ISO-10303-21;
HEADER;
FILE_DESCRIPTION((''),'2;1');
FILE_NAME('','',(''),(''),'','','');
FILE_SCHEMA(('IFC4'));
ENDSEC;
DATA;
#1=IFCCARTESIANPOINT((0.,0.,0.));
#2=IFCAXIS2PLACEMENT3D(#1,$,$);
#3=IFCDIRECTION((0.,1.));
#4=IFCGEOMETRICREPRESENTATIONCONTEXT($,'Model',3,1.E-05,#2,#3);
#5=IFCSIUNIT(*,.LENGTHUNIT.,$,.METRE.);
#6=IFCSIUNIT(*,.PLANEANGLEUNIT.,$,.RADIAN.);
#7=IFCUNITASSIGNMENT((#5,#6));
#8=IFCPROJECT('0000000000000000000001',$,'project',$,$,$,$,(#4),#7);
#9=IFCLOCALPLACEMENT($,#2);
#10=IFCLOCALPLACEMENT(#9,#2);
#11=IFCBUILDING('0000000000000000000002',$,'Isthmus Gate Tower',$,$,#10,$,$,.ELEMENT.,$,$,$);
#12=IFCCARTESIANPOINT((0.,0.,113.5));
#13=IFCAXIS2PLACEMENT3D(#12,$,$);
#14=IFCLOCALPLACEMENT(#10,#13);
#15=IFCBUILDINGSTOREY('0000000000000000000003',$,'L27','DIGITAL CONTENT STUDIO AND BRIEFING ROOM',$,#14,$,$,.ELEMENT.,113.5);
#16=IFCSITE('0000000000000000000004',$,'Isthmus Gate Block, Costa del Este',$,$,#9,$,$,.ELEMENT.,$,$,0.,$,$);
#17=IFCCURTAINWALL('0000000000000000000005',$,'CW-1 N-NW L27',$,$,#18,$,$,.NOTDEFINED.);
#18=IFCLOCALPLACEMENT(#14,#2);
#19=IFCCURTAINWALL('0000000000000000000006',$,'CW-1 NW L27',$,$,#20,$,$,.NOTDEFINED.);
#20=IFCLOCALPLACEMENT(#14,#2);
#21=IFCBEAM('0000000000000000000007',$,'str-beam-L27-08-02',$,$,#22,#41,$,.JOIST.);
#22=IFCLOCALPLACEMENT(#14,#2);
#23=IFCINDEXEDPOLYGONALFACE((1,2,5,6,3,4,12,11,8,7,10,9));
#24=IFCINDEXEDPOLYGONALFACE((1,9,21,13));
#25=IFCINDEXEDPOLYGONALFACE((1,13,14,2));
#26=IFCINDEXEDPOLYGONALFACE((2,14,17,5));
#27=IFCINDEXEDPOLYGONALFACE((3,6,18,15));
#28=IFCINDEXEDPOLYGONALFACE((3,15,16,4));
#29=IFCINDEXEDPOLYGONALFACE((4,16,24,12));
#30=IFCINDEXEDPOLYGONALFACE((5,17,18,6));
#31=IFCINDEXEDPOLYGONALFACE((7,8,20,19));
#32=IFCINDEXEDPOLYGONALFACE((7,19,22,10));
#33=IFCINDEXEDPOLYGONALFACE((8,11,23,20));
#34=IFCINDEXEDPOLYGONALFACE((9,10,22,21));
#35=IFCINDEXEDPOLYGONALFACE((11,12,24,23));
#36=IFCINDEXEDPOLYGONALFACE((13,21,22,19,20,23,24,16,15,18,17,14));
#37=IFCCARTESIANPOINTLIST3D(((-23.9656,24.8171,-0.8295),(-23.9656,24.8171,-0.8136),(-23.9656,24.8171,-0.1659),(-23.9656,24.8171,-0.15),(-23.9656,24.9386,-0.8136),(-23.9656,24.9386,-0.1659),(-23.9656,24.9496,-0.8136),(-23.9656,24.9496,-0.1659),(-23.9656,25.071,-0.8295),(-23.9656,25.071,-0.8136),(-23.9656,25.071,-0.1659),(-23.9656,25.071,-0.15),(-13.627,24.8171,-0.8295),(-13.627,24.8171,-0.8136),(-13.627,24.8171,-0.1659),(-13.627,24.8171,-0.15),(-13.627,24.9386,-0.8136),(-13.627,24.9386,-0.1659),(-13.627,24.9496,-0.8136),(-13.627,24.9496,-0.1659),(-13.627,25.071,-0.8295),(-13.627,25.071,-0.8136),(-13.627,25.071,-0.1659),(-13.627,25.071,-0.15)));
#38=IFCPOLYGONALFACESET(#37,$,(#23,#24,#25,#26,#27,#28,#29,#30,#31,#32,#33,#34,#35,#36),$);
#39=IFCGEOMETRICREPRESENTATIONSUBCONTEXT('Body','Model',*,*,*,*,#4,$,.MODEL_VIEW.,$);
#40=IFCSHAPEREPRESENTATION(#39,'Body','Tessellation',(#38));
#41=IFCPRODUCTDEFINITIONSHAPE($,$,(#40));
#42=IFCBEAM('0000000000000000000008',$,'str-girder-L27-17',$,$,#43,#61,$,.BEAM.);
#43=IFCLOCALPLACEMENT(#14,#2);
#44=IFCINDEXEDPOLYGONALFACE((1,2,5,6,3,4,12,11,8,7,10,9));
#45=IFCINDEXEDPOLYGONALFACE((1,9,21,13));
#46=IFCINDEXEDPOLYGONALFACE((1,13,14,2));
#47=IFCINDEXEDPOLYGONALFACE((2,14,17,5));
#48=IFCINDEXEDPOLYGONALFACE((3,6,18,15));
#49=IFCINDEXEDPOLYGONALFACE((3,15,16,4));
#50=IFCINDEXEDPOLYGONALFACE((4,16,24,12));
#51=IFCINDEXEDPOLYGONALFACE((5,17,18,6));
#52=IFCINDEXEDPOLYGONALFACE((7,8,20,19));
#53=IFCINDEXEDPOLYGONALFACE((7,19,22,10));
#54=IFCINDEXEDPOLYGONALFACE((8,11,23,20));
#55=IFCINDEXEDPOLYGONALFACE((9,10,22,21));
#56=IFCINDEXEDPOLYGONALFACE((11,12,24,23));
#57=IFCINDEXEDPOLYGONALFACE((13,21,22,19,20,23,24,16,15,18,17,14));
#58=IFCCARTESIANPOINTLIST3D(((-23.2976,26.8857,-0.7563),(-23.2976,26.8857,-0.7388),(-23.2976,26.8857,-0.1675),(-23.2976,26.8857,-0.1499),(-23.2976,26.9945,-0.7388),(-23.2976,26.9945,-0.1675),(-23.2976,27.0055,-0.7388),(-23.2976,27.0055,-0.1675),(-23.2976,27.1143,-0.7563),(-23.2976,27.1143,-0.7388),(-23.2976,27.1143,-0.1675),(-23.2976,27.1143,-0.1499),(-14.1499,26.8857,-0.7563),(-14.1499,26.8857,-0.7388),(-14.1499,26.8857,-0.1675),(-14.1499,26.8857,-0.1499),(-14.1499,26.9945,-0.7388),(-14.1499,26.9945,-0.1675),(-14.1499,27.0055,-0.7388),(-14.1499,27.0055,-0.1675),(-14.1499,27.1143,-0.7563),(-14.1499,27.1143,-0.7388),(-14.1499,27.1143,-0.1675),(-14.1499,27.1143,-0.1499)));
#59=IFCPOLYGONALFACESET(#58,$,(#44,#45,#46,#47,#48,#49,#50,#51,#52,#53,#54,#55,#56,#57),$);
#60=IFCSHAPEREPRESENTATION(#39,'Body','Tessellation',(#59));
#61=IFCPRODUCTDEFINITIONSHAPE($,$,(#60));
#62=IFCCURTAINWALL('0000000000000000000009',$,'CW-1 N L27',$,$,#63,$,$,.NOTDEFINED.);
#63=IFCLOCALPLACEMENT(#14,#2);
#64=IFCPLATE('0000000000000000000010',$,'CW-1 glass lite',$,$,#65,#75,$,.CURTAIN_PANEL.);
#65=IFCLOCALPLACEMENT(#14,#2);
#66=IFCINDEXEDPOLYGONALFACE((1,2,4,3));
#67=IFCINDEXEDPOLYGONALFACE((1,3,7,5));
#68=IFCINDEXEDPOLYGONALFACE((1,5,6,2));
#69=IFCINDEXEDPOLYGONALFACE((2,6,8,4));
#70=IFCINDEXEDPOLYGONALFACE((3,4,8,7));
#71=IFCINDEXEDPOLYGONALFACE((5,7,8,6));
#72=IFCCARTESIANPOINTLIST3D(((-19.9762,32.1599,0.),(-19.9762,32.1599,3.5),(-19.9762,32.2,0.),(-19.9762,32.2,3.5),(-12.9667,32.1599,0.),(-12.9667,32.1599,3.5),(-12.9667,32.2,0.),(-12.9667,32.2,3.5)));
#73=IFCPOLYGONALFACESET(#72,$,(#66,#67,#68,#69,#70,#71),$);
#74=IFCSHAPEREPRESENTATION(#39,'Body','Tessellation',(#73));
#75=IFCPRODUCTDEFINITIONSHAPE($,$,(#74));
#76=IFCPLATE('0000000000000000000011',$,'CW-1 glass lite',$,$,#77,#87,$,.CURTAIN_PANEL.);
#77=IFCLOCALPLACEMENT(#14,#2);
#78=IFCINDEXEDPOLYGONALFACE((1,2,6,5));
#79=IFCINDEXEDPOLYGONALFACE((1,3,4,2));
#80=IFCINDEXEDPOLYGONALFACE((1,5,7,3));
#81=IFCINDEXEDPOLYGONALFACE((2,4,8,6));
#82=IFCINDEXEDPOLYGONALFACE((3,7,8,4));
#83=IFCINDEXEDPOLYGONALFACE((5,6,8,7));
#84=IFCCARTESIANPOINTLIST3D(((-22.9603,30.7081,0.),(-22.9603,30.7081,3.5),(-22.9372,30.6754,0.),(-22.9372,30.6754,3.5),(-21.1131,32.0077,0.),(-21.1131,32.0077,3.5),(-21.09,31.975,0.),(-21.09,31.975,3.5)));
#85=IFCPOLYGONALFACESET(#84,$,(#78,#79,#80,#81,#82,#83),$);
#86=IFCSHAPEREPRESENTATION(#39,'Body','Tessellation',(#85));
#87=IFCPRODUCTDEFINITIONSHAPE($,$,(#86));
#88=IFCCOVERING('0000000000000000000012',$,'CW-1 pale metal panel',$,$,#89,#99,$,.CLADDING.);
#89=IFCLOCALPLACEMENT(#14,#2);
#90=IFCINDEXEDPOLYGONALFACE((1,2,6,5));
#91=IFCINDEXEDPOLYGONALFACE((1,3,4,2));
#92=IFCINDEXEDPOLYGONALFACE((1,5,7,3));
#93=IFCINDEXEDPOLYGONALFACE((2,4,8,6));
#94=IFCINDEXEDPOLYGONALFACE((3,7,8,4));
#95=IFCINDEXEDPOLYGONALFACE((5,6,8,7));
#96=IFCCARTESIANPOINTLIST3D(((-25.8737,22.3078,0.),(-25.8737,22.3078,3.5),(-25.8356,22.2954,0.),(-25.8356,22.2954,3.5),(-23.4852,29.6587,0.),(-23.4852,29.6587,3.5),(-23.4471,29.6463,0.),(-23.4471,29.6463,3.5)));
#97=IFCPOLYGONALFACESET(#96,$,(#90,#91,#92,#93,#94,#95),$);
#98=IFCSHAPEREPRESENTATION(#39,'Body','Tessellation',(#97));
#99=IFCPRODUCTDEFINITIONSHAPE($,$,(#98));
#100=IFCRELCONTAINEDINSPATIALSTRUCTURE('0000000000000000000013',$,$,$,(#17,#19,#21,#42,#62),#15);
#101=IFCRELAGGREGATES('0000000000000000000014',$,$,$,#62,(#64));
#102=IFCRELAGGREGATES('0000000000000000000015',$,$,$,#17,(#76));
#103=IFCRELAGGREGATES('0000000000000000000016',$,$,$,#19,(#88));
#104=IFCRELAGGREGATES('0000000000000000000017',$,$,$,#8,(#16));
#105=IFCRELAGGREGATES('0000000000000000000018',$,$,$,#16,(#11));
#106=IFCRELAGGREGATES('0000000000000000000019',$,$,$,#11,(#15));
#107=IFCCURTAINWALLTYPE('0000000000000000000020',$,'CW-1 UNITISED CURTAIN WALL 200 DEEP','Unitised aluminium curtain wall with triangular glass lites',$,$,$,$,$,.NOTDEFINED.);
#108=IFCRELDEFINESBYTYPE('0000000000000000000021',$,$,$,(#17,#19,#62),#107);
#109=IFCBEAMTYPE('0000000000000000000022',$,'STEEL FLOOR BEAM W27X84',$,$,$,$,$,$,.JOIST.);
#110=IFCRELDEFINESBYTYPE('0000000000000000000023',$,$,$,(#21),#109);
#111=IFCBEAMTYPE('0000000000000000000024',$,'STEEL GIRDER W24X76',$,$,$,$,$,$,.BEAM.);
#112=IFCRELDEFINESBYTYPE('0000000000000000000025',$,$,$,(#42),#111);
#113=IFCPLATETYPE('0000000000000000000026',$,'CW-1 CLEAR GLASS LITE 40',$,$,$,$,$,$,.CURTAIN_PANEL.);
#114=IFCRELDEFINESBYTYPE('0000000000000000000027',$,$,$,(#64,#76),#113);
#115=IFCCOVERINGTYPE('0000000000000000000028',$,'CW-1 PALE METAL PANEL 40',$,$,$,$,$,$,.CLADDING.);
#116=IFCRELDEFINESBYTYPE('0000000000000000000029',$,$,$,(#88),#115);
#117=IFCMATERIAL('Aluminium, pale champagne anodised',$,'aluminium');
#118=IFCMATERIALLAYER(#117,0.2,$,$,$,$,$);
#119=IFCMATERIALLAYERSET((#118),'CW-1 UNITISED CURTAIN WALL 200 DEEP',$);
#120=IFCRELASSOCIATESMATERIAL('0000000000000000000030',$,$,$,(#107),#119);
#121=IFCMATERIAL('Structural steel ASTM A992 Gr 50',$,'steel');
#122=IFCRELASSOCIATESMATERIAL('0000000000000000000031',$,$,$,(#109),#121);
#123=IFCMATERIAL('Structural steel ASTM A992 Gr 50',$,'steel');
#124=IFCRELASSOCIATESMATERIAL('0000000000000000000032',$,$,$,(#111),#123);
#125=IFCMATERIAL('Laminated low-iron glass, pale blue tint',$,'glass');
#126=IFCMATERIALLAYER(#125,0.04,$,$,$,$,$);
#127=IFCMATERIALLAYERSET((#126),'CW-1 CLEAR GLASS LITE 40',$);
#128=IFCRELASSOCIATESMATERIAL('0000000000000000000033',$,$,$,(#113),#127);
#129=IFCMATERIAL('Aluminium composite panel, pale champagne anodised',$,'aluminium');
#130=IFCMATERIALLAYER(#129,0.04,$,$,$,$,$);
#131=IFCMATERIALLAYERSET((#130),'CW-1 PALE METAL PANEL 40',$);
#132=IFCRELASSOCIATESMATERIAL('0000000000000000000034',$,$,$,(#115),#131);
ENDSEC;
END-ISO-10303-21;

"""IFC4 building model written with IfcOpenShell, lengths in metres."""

from ifc_helpers import new_model, si_unit, direction, frame, origin, origin_2d, place, context, subcontext, project, spatial, rectangle, i_section, extrude, material, layer, layer_set, material_profile, profile_set, type_object, element, aggregate, save


model = new_model("IFC4")

# Units and contexts
model_context = context("Model", 3, precision=1e-05, world=origin(), true_north=direction((0.0, 1.0)))
body_context = subcontext(model_context, "Body", "Model", "MODEL_VIEW")
ifc_project = project(units=[si_unit("LENGTHUNIT", "METRE"), si_unit("PLANEANGLEUNIT", "RADIAN")], contexts=[model_context])

# Site, building, storey
site_placement = place(None, origin())
site = spatial("IfcSite", under=ifc_project, at=site_placement, Name="Isthmus Gate Block, Costa del Este", CompositionType="ELEMENT", RefElevation=0.0)
building_placement = place(site_placement, origin())
building = spatial("IfcBuilding", under=site, at=building_placement, Name="Isthmus Gate Tower", CompositionType="ELEMENT")
storey_placement = place(building_placement, frame((0.0, 0.0, 113.5)))
storey = spatial("IfcBuildingStorey", under=building, at=storey_placement, Name="L27", Description="DIGITAL CONTENT STUDIO AND BRIEFING ROOM", CompositionType="ELEMENT", Elevation=113.5)

# Curtain walls
ifc_material_1 = material(Name="Aluminium, pale champagne anodised", Category="aluminium")
ifc_layer_1 = layer(ifc_material_1, 0.2)
ifc_layer_set_1 = layer_set([ifc_layer_1], Name="CW-1 UNITISED CURTAIN WALL 200 DEEP")
curtain_wall_type = type_object("IfcCurtainWallType", Name="CW-1 UNITISED CURTAIN WALL 200 DEEP", Description="Unitised aluminium curtain wall with triangular glass lites", PredefinedType="NOTDEFINED", material=ifc_layer_set_1)
curtain_wall_1_placement = place(storey_placement, origin())
curtain_wall_1 = element("IfcCurtainWall", 1, at=curtain_wall_1_placement, inside=storey, type_object=curtain_wall_type, Name="CW-1 N-NW L27", PredefinedType="NOTDEFINED")
curtain_wall_2_placement = place(storey_placement, origin())
curtain_wall_2 = element("IfcCurtainWall", 2, at=curtain_wall_2_placement, inside=storey, type_object=curtain_wall_type, Name="CW-1 NW L27", PredefinedType="NOTDEFINED")

# Beams
ifc_material_2 = material(Name="Structural steel ASTM A992 Gr 50", Category="steel")
ifc_material_profile_1 = material_profile(ifc_material_2, i_section(OverallWidth=0.2539, OverallDepth=0.6794, WebThickness=0.011, FlangeThickness=0.0159, at=origin_2d()), Name="W27X84")
ifc_profile_set_1 = profile_set([ifc_material_profile_1], Name="Structural steel ASTM A992 Gr 50")
beam_type_1 = type_object("IfcBeamType", Name="STEEL FLOOR BEAM W27X84", PredefinedType="JOIST", material=ifc_profile_set_1)
beam_1_placement = place(storey_placement, frame((-23.9656, 24.9441, -0.4897), z_axis=(1.0, 0.0, 0.0), x_axis=(0.0, 1.0, 0.0)))
element("IfcBeam", 3, at=beam_1_placement, inside=storey, type_object=beam_type_1, Name="str-beam-L27-08-02", PredefinedType="JOIST", context=body_context, shape_type="SweptSolid", body=[
    extrude(i_section(OverallWidth=0.2539, OverallDepth=0.6794, WebThickness=0.011, FlangeThickness=0.0159, at=origin_2d()), origin(), (0.0, 0.0, 1.0), 10.3386),
])
ifc_material_3 = material(Name="Structural steel ASTM A992 Gr 50", Category="steel")
ifc_material_profile_2 = material_profile(ifc_material_3, i_section(OverallWidth=0.2285, OverallDepth=0.6064, WebThickness=0.011, FlangeThickness=0.0176, at=origin_2d()), Name="W24X76")
ifc_profile_set_2 = profile_set([ifc_material_profile_2], Name="Structural steel ASTM A992 Gr 50")
beam_type_2 = type_object("IfcBeamType", Name="STEEL GIRDER W24X76", PredefinedType="BEAM", material=ifc_profile_set_2)
beam_2_placement = place(storey_placement, frame((-23.2976, 27.0, -0.4531), z_axis=(1.0, 0.0, 0.0), x_axis=(0.0, 1.0, 0.0)))
element("IfcBeam", 4, at=beam_2_placement, inside=storey, type_object=beam_type_2, Name="str-girder-L27-17", PredefinedType="BEAM", context=body_context, shape_type="SweptSolid", body=[
    extrude(i_section(OverallWidth=0.2285, OverallDepth=0.6064, WebThickness=0.011, FlangeThickness=0.0176, at=origin_2d()), origin(), (0.0, 0.0, 1.0), 9.1477),
])

# Curtain wall, plate
curtain_wall_3_placement = place(storey_placement, origin())
curtain_wall_3 = element("IfcCurtainWall", 5, at=curtain_wall_3_placement, inside=storey, type_object=curtain_wall_type, Name="CW-1 N L27", PredefinedType="NOTDEFINED")
ifc_material_4 = material(Name="Laminated low-iron glass, pale blue tint", Category="glass")
ifc_layer_2 = layer(ifc_material_4, 0.04)
ifc_layer_set_2 = layer_set([ifc_layer_2], Name="CW-1 CLEAR GLASS LITE 40")
plate_type = type_object("IfcPlateType", Name="CW-1 CLEAR GLASS LITE 40", PredefinedType="CURTAIN_PANEL", material=ifc_layer_set_2)
plate_1_placement = place(storey_placement, frame((-16.4714, 32.1799, 0.0), z_axis=(0.0, 0.0, 1.0), x_axis=(-1.0, 0.0, 0.0)))
plate_1 = element("IfcPlate", 6, at=plate_1_placement, type_object=plate_type, Name="CW-1 glass lite", PredefinedType="CURTAIN_PANEL", context=body_context, shape_type="SweptSolid", body=[
    extrude(rectangle(XDim=7.0095, YDim=0.04, at=origin_2d()), origin(), (0.0, 0.0, 1.0), 3.5),
])
aggregate(curtain_wall_3, [plate_1])

# Plate
plate_2_placement = place(storey_placement, frame((-22.0251, 31.3416, 0.0), z_axis=(0.0, 0.0, 1.0), x_axis=(-0.81786, -0.575418, 0.0)))
plate_2 = element("IfcPlate", 7, at=plate_2_placement, type_object=plate_type, Name="CW-1 glass lite", PredefinedType="CURTAIN_PANEL", context=body_context, shape_type="SweptSolid", body=[
    extrude(rectangle(XDim=2.2585, YDim=0.04, at=origin_2d()), origin(), (0.0, 0.0, 1.0), 3.5),
])
aggregate(curtain_wall_1, [plate_2])

# Covering
ifc_material_5 = material(Name="Aluminium composite panel, pale champagne anodised", Category="aluminium")
ifc_layer_3 = layer(ifc_material_5, 0.04)
ifc_layer_set_3 = layer_set([ifc_layer_3], Name="CW-1 PALE METAL PANEL 40")
covering_type = type_object("IfcCoveringType", Name="CW-1 PALE METAL PANEL 40", PredefinedType="CLADDING", material=ifc_layer_set_3)
covering_placement = place(storey_placement, frame((-24.6604, 25.9771, 0.0), z_axis=(0.0, 0.0, 1.0), x_axis=(-0.309017, -0.951057, 0.0)))
covering = element("IfcCovering", 8, at=covering_placement, type_object=covering_type, Name="CW-1 pale metal panel", PredefinedType="CLADDING", context=body_context, shape_type="SweptSolid", body=[
    extrude(rectangle(XDim=7.7292, YDim=0.04, at=origin_2d()), origin(), (0.0, 0.0, 1.0), 3.5),
])
aggregate(curtain_wall_2, [covering])

save(model, "model.ifc")
